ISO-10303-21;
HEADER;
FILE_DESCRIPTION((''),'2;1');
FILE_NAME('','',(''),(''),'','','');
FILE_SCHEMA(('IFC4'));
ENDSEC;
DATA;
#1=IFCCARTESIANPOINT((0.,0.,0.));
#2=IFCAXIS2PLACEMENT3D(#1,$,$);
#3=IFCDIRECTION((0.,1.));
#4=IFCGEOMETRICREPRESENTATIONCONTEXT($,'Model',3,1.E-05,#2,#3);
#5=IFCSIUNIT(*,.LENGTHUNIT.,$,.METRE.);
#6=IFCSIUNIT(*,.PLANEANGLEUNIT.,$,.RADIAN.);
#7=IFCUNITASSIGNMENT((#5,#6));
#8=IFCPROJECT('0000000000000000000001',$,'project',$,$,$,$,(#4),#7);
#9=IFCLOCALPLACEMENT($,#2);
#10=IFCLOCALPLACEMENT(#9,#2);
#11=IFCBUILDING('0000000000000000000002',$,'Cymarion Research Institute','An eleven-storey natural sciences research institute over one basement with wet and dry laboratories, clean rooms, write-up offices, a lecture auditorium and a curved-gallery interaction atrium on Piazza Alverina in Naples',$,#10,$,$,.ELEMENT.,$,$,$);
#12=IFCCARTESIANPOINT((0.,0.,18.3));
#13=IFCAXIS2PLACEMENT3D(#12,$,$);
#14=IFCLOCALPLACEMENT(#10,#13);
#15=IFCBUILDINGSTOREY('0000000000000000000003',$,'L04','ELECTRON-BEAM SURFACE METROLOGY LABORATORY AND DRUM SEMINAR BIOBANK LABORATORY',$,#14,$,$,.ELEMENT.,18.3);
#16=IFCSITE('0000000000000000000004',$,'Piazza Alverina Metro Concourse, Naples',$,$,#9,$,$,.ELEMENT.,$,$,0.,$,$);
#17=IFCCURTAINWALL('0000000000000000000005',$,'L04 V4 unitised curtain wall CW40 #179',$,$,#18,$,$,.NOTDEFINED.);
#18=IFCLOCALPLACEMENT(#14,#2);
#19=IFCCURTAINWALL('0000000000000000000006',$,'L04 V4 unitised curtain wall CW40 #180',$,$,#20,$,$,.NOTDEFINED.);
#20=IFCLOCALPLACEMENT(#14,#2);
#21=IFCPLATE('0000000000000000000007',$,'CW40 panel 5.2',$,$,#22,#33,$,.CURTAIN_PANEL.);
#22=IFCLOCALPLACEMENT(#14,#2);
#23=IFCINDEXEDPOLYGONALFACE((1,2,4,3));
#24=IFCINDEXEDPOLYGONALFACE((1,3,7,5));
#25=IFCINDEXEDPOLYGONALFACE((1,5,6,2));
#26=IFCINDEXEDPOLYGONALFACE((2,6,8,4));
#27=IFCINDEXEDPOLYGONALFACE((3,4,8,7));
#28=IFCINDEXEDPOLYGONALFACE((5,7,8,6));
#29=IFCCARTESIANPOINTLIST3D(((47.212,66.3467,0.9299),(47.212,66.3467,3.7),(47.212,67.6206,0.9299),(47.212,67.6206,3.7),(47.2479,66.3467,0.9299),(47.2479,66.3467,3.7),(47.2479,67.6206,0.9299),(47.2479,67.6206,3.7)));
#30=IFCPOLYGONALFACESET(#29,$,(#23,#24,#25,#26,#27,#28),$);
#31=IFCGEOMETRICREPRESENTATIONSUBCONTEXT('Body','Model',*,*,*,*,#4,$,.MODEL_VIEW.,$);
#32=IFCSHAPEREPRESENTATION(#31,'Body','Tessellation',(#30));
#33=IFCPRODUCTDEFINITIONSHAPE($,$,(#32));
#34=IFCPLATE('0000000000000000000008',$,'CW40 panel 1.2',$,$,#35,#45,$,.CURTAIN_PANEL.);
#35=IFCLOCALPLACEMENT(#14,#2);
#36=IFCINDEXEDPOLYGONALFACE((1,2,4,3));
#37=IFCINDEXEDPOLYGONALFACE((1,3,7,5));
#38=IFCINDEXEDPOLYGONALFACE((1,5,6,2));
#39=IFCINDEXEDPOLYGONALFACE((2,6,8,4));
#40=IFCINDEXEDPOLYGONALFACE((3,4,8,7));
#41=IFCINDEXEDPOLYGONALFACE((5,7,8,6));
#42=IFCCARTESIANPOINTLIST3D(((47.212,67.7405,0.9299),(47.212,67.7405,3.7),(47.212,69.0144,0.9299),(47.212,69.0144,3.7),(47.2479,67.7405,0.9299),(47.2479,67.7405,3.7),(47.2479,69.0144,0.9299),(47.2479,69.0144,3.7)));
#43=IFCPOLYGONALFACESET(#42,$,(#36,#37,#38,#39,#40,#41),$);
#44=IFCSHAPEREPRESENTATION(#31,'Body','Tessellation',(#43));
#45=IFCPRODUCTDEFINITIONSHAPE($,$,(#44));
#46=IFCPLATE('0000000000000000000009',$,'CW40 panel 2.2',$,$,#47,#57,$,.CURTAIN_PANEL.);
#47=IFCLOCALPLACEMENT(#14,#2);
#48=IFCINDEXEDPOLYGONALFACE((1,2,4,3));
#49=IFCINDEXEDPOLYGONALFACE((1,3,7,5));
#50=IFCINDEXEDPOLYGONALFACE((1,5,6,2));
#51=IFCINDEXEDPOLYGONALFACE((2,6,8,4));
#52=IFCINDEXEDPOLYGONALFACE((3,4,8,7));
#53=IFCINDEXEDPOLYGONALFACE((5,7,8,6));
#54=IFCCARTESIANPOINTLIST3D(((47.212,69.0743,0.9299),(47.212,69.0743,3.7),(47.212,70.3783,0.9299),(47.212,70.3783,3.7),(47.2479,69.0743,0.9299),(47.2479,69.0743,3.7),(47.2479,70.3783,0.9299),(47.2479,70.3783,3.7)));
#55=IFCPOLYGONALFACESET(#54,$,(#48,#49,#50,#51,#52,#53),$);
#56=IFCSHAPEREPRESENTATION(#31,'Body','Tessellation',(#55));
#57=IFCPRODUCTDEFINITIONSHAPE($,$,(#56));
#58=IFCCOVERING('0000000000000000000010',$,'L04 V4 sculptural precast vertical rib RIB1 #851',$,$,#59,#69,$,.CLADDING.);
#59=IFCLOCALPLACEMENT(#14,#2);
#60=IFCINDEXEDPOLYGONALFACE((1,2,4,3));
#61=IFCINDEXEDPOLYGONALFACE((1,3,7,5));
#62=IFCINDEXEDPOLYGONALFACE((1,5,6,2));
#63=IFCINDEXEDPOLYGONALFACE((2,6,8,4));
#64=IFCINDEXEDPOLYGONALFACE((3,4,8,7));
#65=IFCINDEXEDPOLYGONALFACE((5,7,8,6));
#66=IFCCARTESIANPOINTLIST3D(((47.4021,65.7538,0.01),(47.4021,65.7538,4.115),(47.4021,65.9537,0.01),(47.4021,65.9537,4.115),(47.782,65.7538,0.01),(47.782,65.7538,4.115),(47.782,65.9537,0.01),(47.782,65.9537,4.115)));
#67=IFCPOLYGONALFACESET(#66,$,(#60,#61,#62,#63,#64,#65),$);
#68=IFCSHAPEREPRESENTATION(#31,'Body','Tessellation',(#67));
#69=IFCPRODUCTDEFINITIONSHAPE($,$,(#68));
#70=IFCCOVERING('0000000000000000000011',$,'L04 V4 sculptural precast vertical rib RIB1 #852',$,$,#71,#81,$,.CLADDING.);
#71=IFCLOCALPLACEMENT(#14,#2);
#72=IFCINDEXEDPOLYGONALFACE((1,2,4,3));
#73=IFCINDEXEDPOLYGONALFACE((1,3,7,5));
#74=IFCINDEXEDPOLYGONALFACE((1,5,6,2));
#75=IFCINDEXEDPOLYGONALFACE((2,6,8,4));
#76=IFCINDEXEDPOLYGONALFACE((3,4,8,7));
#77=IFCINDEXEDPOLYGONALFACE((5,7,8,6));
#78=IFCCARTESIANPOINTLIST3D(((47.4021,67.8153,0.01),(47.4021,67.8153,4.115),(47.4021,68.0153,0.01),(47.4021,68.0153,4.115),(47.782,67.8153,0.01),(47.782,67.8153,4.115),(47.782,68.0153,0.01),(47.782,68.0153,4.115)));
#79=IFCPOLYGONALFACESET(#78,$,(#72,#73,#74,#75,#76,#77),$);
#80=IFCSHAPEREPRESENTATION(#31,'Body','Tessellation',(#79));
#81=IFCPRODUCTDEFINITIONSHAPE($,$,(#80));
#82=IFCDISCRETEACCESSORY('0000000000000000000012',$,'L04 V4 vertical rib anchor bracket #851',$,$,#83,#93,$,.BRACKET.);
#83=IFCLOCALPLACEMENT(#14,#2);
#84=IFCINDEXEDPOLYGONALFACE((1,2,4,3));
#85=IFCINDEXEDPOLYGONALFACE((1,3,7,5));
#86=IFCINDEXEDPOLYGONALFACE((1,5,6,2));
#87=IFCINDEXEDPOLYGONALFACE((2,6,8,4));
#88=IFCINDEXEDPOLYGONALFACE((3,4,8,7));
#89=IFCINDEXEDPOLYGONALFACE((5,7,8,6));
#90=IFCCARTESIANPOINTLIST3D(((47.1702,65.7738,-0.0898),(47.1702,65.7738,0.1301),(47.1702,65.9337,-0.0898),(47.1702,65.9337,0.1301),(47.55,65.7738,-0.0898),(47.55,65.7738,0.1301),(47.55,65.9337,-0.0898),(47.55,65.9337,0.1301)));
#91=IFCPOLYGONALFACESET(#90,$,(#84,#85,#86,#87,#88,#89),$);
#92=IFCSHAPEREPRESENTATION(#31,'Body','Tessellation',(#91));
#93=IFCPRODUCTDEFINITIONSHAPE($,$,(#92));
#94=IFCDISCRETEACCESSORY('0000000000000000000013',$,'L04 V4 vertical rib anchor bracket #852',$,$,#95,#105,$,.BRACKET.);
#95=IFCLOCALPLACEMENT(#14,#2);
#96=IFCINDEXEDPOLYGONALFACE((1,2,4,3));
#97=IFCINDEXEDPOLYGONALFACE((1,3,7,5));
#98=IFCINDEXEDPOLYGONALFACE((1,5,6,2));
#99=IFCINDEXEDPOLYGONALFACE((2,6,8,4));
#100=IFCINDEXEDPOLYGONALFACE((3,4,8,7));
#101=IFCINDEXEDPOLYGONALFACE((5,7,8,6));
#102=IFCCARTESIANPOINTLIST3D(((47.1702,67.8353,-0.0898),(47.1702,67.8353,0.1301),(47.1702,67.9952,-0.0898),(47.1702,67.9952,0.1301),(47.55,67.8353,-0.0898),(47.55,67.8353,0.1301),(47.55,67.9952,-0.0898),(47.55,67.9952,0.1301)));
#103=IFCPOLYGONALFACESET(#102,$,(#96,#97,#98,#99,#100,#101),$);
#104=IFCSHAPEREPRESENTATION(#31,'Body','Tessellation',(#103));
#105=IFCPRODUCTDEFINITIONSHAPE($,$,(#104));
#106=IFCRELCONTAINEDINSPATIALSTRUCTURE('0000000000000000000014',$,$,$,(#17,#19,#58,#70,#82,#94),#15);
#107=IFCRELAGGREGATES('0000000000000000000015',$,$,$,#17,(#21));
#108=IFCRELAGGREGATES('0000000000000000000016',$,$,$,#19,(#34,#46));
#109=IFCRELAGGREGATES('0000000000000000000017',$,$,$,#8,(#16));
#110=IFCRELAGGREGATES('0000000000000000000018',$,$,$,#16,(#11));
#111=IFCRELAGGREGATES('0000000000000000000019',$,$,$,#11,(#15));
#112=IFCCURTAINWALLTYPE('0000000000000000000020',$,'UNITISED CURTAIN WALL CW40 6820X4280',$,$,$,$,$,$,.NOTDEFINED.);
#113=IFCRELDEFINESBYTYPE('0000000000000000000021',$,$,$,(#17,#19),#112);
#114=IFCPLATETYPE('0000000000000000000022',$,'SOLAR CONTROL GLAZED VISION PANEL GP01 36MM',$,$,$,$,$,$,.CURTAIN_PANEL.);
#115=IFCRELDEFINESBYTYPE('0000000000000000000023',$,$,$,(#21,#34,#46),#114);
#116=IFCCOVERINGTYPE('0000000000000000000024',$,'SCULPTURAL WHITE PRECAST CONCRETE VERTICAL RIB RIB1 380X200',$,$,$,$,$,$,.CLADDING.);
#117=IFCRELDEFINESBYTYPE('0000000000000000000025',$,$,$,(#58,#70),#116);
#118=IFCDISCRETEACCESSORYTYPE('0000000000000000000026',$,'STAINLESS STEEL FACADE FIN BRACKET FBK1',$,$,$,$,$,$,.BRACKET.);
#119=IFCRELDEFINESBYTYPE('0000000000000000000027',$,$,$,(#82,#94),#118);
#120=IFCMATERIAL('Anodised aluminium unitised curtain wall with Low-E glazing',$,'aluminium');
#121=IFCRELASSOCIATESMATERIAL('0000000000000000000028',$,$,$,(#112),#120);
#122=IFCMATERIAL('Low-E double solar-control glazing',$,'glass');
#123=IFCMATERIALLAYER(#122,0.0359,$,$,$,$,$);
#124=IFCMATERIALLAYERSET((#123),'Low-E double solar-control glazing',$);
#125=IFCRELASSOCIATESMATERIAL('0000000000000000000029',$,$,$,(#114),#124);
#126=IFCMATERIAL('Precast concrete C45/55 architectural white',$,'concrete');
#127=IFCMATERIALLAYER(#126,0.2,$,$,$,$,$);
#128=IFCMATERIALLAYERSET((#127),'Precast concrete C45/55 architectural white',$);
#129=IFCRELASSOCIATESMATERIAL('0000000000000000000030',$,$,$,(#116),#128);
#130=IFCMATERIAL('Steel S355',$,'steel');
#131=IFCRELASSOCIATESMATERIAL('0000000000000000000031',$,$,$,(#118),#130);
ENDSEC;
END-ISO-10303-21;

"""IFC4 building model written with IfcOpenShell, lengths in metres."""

from ifc_helpers import new_model, si_unit, direction, frame, origin, origin_2d, place, context, subcontext, project, spatial, rectangle, extrude, material, layer, layer_set, type_object, element, aggregate, save


model = new_model("IFC4")

# Units and contexts
model_context = context("Model", 3, precision=1e-05, world=origin(), true_north=direction((0.0, 1.0)))
body_context = subcontext(model_context, "Body", "Model", "MODEL_VIEW")
ifc_project = project(units=[si_unit("LENGTHUNIT", "METRE"), si_unit("PLANEANGLEUNIT", "RADIAN")], contexts=[model_context])

# Site, building, storey
site_placement = place(None, origin())
site = spatial("IfcSite", under=ifc_project, at=site_placement, Name="Piazza Alverina Metro Concourse, Naples", CompositionType="ELEMENT", RefElevation=0.0)
building_placement = place(site_placement, origin())
building = spatial("IfcBuilding", under=site, at=building_placement, Name="Cymarion Research Institute", Description="An eleven-storey natural sciences research institute over one basement with wet and dry laboratories, clean rooms, write-up offices, a lecture auditorium and a curved-gallery interaction atrium on Piazza Alverina in Naples", CompositionType="ELEMENT")
storey_placement = place(building_placement, frame((0.0, 0.0, 18.3)))
storey = spatial("IfcBuildingStorey", under=building, at=storey_placement, Name="L04", Description="ELECTRON-BEAM SURFACE METROLOGY LABORATORY AND DRUM SEMINAR BIOBANK LABORATORY", CompositionType="ELEMENT", Elevation=18.3)

# Curtain walls
ifc_material_1 = material(Name="Anodised aluminium unitised curtain wall with Low-E glazing", Category="aluminium")
curtain_wall_type = type_object("IfcCurtainWallType", Name="UNITISED CURTAIN WALL CW40 6820X4280", PredefinedType="NOTDEFINED", material=ifc_material_1)
curtain_wall_1_placement = place(storey_placement, origin())
curtain_wall_1 = element("IfcCurtainWall", 1, at=curtain_wall_1_placement, inside=storey, type_object=curtain_wall_type, Name="L04 V4 unitised curtain wall CW40 #179", PredefinedType="NOTDEFINED")
curtain_wall_2_placement = place(storey_placement, origin())
curtain_wall_2 = element("IfcCurtainWall", 2, at=curtain_wall_2_placement, inside=storey, type_object=curtain_wall_type, Name="L04 V4 unitised curtain wall CW40 #180", PredefinedType="NOTDEFINED")

# Plates
ifc_material_2 = material(Name="Low-E double solar-control glazing", Category="glass")
ifc_layer_1 = layer(ifc_material_2, 0.0359)
ifc_layer_set_1 = layer_set([ifc_layer_1], Name="Low-E double solar-control glazing")
plate_type_1 = type_object("IfcPlateType", Name="SOLAR CONTROL GLAZED VISION PANEL GP01 36MM", PredefinedType="CURTAIN_PANEL", material=ifc_layer_set_1)
plate_1_placement = place(storey_placement, frame((47.23, 66.9836, 0.9299), z_axis=(0.0, 0.0, 1.0), x_axis=(0.0, 1.0, 0.0)))
plate_1 = element("IfcPlate", 3, at=plate_1_placement, type_object=plate_type_1, Name="CW40 panel 5.2", PredefinedType="CURTAIN_PANEL", context=body_context, shape_type="SweptSolid", body=[
    extrude(rectangle(XDim=1.2739, YDim=0.0359, at=origin_2d()), origin(), (0.0, 0.0, 1.0), 2.77),
])
aggregate(curtain_wall_1, [plate_1])
plate_2_placement = place(storey_placement, frame((47.23, 68.3774, 0.9299), z_axis=(0.0, 0.0, 1.0), x_axis=(0.0, 1.0, 0.0)))
plate_2 = element("IfcPlate", 4, at=plate_2_placement, type_object=plate_type_1, Name="CW40 panel 1.2", PredefinedType="CURTAIN_PANEL", context=body_context, shape_type="SweptSolid", body=[
    extrude(rectangle(XDim=1.2739, YDim=0.0359, at=origin_2d()), origin(), (0.0, 0.0, 1.0), 2.77),
])
plate_3_placement = place(storey_placement, frame((47.23, 69.7263, 0.9299), z_axis=(0.0, 0.0, 1.0), x_axis=(0.0, 1.0, 0.0)))
plate_3 = element("IfcPlate", 5, at=plate_3_placement, type_object=plate_type_1, Name="CW40 panel 2.2", PredefinedType="CURTAIN_PANEL", context=body_context, shape_type="SweptSolid", body=[
    extrude(rectangle(XDim=1.304, YDim=0.0359, at=origin_2d()), origin(), (0.0, 0.0, 1.0), 2.77),
])
aggregate(curtain_wall_2, [plate_2, plate_3])

# Coverings
ifc_material_3 = material(Name="Precast concrete C45/55 architectural white", Category="concrete")
ifc_layer_2 = layer(ifc_material_3, 0.2)
ifc_layer_set_2 = layer_set([ifc_layer_2], Name="Precast concrete C45/55 architectural white")
covering_type = type_object("IfcCoveringType", Name="SCULPTURAL WHITE PRECAST CONCRETE VERTICAL RIB RIB1 380X200", PredefinedType="CLADDING", material=ifc_layer_set_2)
for number, where, z_axis, x_axis, name in (
    (6, (47.592, 65.8538, 0.01), (0.0, 0.0, 1.0), (1.0, 0.0, 0.0), "L04 V4 sculptural precast vertical rib RIB1 #851"),
    (7, (47.592, 67.9153, 0.01), (0.0, 0.0, 1.0), (1.0, 0.0, 0.0), "L04 V4 sculptural precast vertical rib RIB1 #852"),
):
    element("IfcCovering", number, at=place(storey_placement, frame(where, z_axis=z_axis, x_axis=x_axis)), inside=storey, type_object=covering_type, Name=name, PredefinedType="CLADDING", context=body_context, shape_type="SweptSolid", body=[
        extrude(rectangle(XDim=0.3799, YDim=0.2, at=origin_2d()), origin(), (0.0, 0.0, 1.0), 4.105),
    ])

# Discrete accessories
ifc_material_4 = material(Name="Steel S355", Category="steel")
discrete_accessory_type = type_object("IfcDiscreteAccessoryType", Name="STAINLESS STEEL FACADE FIN BRACKET FBK1", PredefinedType="BRACKET", material=ifc_material_4)
for number, where, z_axis, x_axis, name in (
    (8, (47.3601, 65.8538, -0.0898), (0.0, 0.0, 1.0), (1.0, 0.0, 0.0), "L04 V4 vertical rib anchor bracket #851"),
    (9, (47.3601, 67.9153, -0.0898), (0.0, 0.0, 1.0), (1.0, 0.0, 0.0), "L04 V4 vertical rib anchor bracket #852"),
):
    element("IfcDiscreteAccessory", number, at=place(storey_placement, frame(where, z_axis=z_axis, x_axis=x_axis)), inside=storey, type_object=discrete_accessory_type, Name=name, PredefinedType="BRACKET", context=body_context, shape_type="SweptSolid", body=[
        extrude(rectangle(XDim=0.3799, YDim=0.1599, at=origin_2d()), origin(), (0.0, 0.0, 1.0), 0.22),
    ])

save(model, "model.ifc")
